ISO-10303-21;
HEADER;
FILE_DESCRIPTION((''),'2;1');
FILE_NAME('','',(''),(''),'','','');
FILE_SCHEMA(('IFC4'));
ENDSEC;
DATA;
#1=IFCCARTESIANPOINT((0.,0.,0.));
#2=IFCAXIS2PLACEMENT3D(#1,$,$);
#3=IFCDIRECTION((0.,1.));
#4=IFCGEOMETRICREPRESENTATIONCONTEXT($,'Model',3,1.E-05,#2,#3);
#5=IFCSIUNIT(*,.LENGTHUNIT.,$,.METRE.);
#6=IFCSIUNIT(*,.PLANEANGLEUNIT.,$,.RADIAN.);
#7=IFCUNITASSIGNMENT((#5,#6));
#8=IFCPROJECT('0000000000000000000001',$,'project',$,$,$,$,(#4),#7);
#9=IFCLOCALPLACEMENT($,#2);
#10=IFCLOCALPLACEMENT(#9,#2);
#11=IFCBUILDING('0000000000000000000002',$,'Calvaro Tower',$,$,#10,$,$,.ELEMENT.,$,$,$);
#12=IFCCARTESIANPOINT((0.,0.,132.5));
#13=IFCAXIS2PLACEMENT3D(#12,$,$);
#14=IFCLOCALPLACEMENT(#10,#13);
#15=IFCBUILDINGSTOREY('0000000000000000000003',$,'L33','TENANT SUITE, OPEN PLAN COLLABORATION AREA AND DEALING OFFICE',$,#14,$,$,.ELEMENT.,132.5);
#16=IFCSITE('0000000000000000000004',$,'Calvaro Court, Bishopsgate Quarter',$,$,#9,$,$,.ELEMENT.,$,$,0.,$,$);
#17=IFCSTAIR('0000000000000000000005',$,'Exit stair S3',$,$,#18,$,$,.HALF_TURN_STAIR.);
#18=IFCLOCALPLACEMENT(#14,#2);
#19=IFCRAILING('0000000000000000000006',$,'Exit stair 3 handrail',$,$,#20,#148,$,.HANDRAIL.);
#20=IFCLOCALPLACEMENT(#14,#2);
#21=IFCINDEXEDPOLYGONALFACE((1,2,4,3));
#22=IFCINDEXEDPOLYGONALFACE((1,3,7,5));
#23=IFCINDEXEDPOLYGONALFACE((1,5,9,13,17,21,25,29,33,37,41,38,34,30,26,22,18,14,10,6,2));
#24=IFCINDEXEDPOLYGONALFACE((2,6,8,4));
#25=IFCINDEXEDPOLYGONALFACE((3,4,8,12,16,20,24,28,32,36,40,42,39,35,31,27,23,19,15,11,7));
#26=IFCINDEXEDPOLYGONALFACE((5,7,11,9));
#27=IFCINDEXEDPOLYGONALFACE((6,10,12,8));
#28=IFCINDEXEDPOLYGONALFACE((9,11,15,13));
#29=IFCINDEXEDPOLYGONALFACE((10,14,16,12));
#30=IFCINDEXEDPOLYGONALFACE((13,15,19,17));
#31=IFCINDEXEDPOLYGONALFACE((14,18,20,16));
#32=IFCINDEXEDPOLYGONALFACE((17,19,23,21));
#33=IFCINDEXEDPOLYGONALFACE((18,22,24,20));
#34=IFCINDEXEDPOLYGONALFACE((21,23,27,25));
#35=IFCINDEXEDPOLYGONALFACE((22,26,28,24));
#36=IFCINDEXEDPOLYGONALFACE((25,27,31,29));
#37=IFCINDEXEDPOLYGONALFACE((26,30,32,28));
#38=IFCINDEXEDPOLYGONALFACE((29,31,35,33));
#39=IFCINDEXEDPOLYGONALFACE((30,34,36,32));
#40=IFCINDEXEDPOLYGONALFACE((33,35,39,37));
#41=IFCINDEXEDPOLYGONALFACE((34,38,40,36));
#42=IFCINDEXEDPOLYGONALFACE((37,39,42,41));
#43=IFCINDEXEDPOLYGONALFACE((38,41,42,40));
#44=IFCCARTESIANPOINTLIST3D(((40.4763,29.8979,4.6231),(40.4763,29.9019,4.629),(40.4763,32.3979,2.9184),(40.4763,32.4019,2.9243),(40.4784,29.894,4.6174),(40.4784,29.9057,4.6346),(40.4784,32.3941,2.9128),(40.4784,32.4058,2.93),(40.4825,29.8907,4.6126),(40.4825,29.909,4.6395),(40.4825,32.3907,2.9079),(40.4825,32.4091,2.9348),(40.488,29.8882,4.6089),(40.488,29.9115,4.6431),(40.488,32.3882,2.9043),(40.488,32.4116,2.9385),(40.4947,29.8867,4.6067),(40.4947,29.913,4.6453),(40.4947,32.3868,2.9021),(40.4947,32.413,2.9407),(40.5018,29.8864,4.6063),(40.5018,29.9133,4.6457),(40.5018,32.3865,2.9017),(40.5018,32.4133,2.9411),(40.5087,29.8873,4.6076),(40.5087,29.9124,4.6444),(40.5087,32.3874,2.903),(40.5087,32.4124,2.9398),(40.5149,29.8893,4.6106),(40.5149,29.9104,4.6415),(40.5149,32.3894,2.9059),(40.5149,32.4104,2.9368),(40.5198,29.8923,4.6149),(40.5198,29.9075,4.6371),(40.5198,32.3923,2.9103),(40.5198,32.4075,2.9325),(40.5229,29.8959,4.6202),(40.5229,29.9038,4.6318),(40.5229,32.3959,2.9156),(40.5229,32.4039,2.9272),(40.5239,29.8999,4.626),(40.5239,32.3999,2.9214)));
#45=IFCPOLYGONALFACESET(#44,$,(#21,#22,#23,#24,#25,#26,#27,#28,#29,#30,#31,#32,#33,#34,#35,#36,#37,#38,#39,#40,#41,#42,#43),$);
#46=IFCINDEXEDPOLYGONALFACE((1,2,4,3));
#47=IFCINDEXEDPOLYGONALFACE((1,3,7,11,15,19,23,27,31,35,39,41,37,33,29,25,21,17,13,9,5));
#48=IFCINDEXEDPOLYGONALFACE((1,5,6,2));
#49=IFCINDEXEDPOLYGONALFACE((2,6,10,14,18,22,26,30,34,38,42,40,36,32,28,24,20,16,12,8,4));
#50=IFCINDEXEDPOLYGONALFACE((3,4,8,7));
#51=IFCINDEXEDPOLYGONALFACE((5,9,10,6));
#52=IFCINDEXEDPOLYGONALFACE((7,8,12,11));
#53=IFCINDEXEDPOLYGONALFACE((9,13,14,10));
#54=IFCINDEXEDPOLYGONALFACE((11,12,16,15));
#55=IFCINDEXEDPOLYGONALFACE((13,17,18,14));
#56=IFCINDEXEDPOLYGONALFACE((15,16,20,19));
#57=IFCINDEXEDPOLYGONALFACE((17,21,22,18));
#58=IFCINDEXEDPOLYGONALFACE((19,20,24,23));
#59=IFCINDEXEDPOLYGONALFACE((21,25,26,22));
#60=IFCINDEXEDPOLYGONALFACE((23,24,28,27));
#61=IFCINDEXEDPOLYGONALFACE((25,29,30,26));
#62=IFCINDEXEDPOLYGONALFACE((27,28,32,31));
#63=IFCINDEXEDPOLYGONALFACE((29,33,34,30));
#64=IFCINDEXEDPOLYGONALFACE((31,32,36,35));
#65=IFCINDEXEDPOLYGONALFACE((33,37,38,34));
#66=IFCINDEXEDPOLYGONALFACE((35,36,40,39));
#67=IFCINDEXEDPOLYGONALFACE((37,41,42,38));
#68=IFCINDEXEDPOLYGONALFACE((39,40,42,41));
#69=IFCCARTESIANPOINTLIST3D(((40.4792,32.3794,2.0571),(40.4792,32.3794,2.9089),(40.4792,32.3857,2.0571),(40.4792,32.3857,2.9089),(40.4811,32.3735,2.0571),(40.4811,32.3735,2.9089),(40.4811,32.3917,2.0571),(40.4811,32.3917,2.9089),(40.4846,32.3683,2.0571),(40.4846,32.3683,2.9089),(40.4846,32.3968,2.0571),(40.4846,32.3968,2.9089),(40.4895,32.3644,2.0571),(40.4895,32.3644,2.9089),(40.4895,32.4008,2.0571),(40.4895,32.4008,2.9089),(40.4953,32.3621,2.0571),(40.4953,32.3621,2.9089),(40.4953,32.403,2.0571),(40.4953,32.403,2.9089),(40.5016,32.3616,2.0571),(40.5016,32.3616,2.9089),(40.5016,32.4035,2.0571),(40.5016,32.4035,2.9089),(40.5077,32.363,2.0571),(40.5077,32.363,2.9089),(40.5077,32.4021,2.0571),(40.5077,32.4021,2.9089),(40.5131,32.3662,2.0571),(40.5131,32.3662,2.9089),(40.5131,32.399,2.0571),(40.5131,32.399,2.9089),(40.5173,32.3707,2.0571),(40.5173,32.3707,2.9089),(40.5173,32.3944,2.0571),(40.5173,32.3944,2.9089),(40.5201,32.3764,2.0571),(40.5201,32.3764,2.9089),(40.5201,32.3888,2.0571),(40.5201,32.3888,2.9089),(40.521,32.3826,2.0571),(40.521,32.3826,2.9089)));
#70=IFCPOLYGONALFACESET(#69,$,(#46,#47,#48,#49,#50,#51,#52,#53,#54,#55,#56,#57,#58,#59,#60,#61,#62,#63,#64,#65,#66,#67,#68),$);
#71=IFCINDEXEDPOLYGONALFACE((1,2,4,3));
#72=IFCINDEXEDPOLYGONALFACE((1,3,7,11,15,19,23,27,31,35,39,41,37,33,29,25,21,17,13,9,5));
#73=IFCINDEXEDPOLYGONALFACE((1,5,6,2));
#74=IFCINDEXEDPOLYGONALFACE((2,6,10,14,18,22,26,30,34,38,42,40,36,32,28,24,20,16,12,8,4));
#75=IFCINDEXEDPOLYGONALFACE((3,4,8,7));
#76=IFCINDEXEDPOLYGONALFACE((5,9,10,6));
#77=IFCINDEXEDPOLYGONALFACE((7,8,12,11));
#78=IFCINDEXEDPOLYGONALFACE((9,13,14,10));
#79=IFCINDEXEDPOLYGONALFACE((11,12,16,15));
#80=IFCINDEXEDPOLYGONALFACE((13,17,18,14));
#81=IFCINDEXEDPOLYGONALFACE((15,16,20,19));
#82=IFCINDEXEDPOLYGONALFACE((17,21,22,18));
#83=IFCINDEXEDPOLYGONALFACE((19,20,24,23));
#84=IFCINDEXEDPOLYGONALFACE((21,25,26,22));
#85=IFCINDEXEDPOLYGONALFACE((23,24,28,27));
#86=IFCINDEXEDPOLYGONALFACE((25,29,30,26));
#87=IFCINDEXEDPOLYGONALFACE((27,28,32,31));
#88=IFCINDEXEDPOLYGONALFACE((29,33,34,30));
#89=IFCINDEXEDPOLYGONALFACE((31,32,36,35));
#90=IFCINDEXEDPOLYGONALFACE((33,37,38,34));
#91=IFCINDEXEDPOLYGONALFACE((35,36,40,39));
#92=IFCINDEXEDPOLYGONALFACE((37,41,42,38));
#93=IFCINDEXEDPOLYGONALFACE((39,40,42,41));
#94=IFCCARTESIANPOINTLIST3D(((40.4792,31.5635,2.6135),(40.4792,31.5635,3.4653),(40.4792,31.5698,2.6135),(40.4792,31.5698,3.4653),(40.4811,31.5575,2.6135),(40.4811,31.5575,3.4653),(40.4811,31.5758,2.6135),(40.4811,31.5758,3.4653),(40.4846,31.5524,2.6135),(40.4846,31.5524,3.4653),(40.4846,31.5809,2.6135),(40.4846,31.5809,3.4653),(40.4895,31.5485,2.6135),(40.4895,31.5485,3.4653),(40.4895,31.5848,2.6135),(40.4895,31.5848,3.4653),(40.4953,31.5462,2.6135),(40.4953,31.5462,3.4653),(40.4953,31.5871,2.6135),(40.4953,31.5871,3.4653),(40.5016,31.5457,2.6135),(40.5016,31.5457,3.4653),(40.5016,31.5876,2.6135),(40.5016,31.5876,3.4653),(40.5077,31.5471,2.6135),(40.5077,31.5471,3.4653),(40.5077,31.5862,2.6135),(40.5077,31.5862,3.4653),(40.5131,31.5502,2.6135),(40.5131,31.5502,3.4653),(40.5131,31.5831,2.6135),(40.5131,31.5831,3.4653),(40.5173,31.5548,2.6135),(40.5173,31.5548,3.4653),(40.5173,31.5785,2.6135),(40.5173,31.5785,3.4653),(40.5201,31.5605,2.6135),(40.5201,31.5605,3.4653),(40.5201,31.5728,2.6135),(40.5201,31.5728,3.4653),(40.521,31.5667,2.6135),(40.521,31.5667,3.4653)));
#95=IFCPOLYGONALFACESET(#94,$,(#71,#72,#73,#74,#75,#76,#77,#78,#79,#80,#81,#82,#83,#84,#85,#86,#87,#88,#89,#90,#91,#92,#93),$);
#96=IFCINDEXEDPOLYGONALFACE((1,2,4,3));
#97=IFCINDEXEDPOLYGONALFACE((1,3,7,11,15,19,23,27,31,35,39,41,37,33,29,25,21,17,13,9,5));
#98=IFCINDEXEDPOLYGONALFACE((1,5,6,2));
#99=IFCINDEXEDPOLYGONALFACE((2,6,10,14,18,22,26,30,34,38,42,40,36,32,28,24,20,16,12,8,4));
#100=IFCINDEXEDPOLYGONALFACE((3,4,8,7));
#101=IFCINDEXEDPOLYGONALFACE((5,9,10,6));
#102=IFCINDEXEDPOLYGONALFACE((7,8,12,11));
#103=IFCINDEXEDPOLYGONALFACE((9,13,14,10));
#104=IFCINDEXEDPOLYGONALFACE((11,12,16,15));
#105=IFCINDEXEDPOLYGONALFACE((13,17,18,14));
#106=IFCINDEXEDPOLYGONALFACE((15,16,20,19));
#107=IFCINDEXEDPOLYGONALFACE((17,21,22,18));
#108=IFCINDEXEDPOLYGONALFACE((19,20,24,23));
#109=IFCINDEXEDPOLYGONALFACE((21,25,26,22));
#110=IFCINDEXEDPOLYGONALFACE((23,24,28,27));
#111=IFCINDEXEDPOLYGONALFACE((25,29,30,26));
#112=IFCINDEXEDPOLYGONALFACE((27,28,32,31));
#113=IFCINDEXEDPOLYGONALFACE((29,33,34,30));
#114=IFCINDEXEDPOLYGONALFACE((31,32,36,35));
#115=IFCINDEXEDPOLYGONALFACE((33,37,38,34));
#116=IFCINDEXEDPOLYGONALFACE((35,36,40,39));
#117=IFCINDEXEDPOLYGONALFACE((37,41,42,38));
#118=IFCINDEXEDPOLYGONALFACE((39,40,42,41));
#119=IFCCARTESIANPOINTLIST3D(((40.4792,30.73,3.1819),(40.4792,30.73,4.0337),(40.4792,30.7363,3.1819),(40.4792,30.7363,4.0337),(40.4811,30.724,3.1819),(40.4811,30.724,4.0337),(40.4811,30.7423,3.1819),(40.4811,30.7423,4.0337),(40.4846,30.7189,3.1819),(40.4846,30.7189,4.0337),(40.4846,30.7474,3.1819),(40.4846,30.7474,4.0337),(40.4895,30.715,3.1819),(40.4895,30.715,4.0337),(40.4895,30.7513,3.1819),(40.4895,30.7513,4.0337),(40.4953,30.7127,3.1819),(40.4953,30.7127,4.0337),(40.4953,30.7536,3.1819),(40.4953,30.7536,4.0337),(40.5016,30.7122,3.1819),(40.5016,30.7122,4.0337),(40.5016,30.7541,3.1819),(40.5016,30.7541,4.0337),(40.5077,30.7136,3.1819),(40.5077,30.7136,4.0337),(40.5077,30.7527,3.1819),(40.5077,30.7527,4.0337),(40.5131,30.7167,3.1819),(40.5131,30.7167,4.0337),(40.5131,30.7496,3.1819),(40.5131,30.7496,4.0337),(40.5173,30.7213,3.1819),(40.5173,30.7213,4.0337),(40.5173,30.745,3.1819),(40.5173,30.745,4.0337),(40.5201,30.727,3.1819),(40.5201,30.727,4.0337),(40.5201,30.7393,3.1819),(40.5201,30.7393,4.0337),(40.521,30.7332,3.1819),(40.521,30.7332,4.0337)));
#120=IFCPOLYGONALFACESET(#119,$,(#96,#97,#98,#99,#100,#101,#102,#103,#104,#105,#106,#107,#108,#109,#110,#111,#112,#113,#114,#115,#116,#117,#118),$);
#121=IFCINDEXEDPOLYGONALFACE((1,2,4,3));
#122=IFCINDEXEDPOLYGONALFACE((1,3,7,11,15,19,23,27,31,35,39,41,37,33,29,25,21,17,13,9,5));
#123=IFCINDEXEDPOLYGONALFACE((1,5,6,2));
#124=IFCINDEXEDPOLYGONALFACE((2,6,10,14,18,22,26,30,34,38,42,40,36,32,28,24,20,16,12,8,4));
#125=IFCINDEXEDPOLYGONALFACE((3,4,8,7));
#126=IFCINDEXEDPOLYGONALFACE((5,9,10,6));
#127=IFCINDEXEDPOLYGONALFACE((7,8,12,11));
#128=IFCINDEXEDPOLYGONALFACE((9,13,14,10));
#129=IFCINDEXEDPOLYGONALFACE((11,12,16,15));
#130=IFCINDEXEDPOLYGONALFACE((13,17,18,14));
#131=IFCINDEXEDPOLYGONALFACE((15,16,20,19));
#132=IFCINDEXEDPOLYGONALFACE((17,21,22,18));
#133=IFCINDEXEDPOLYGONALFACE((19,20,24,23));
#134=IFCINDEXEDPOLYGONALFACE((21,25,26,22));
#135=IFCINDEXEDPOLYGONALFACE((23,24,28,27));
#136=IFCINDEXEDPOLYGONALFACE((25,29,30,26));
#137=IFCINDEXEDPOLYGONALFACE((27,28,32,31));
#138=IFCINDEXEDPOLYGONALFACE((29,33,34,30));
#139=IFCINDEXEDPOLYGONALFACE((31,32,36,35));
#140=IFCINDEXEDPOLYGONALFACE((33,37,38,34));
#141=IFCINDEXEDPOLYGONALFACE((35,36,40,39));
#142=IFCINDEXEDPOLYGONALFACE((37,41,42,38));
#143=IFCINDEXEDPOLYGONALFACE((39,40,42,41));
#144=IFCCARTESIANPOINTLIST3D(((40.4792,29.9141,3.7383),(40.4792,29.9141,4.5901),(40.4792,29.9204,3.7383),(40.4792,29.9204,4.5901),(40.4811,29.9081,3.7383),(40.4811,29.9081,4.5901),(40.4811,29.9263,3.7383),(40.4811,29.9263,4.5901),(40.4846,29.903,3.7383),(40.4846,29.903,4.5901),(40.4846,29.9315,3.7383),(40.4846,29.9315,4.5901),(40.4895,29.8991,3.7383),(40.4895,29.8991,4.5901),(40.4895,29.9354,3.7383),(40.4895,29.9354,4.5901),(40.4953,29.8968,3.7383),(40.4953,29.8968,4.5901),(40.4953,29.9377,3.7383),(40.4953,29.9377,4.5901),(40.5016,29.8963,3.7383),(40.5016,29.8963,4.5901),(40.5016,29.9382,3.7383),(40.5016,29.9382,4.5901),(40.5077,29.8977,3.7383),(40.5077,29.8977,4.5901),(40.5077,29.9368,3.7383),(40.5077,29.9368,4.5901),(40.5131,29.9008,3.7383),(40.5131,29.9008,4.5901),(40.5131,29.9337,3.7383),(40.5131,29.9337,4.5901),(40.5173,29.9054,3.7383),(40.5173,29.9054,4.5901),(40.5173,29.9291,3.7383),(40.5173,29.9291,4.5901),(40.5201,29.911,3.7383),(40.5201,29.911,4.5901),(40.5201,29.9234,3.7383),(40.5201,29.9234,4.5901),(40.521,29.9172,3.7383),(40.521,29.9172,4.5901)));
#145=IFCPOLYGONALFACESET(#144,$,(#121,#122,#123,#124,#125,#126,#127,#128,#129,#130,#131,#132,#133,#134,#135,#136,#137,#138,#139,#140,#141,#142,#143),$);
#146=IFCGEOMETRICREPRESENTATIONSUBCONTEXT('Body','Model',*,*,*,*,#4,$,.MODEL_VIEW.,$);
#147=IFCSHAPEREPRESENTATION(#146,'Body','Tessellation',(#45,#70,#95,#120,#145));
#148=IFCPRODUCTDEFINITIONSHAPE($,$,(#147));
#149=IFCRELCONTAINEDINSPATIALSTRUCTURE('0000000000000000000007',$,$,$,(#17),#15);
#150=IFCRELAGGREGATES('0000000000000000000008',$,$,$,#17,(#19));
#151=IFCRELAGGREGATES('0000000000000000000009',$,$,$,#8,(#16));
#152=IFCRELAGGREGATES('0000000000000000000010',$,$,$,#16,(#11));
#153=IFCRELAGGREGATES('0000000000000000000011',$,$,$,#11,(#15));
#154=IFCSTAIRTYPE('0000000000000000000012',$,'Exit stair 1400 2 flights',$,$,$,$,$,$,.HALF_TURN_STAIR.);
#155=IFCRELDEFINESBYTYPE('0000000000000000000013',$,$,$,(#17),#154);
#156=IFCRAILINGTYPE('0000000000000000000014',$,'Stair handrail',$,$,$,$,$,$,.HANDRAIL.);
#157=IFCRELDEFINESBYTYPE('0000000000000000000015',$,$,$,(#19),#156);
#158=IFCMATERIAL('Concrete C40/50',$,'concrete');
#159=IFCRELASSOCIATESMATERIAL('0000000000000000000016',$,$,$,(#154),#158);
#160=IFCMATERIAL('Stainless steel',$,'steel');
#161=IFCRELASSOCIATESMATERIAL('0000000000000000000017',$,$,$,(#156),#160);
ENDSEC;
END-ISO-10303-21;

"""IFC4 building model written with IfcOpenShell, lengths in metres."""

from ifc_helpers import new_model, si_unit, direction, frame, origin, origin_2d, place, context, subcontext, project, spatial, circle, extrude, material, type_object, element, aggregate, save


model = new_model("IFC4")

# Units and contexts
model_context = context("Model", 3, precision=1e-05, world=origin(), true_north=direction((0.0, 1.0)))
body_context = subcontext(model_context, "Body", "Model", "MODEL_VIEW")
ifc_project = project(units=[si_unit("LENGTHUNIT", "METRE"), si_unit("PLANEANGLEUNIT", "RADIAN")], contexts=[model_context])

# Site, building, storey
site_placement = place(None, origin())
site = spatial("IfcSite", under=ifc_project, at=site_placement, Name="Calvaro Court, Bishopsgate Quarter", CompositionType="ELEMENT", RefElevation=0.0)
building_placement = place(site_placement, origin())
building = spatial("IfcBuilding", under=site, at=building_placement, Name="Calvaro Tower", CompositionType="ELEMENT")
storey_placement = place(building_placement, frame((0.0, 0.0, 132.5)))
storey = spatial("IfcBuildingStorey", under=building, at=storey_placement, Name="L33", Description="TENANT SUITE, OPEN PLAN COLLABORATION AREA AND DEALING OFFICE", CompositionType="ELEMENT", Elevation=132.5)

# Stair
ifc_material_1 = material(Name="Concrete C40/50", Category="concrete")
stair_type = type_object("IfcStairType", Name="Exit stair 1400 2 flights", PredefinedType="HALF_TURN_STAIR", material=ifc_material_1)
stair_1_placement = place(storey_placement, origin())
stair_1 = element("IfcStair", 1, at=stair_1_placement, inside=storey, type_object=stair_type, Name="Exit stair S3", PredefinedType="HALF_TURN_STAIR")

# Railing
ifc_material_2 = material(Name="Stainless steel", Category="steel")
railing_type = type_object("IfcRailingType", Name="Stair handrail", PredefinedType="HANDRAIL", material=ifc_material_2)
railing_1_placement = place(storey_placement, frame((40.5, 32.3999, 2.0454)))
railing_1 = element("IfcRailing", 2, at=railing_1_placement, type_object=railing_type, Name="Exit stair 3 handrail", PredefinedType="HANDRAIL", context=body_context, shape_type="SweptSolid", body=[
    extrude(circle(Radius=0.0239, at=origin_2d()), frame((0.0, 0.0, 0.876), z_axis=(0.0, -0.826221, 0.563347), x_axis=(1.0, 0.0, 0.0)), (0.0, 0.0, 1.0), 3.0259),
    extrude(circle(Radius=0.021, at=origin_2d()), frame((0.0, -0.0173, 0.0117)), (0.0, 0.0, 1.0), 0.8518),
    extrude(circle(Radius=0.021, at=origin_2d()), frame((0.0, -0.8333, 0.5681)), (0.0, 0.0, 1.0), 0.8518),
    extrude(circle(Radius=0.021, at=origin_2d()), frame((0.0, -1.6667, 1.1365)), (0.0, 0.0, 1.0), 0.8518),
    extrude(circle(Radius=0.021, at=origin_2d()), frame((0.0, -2.4827, 1.6929)), (0.0, 0.0, 1.0), 0.8518),
])
aggregate(stair_1, [railing_1])

save(model, "model.ifc")
